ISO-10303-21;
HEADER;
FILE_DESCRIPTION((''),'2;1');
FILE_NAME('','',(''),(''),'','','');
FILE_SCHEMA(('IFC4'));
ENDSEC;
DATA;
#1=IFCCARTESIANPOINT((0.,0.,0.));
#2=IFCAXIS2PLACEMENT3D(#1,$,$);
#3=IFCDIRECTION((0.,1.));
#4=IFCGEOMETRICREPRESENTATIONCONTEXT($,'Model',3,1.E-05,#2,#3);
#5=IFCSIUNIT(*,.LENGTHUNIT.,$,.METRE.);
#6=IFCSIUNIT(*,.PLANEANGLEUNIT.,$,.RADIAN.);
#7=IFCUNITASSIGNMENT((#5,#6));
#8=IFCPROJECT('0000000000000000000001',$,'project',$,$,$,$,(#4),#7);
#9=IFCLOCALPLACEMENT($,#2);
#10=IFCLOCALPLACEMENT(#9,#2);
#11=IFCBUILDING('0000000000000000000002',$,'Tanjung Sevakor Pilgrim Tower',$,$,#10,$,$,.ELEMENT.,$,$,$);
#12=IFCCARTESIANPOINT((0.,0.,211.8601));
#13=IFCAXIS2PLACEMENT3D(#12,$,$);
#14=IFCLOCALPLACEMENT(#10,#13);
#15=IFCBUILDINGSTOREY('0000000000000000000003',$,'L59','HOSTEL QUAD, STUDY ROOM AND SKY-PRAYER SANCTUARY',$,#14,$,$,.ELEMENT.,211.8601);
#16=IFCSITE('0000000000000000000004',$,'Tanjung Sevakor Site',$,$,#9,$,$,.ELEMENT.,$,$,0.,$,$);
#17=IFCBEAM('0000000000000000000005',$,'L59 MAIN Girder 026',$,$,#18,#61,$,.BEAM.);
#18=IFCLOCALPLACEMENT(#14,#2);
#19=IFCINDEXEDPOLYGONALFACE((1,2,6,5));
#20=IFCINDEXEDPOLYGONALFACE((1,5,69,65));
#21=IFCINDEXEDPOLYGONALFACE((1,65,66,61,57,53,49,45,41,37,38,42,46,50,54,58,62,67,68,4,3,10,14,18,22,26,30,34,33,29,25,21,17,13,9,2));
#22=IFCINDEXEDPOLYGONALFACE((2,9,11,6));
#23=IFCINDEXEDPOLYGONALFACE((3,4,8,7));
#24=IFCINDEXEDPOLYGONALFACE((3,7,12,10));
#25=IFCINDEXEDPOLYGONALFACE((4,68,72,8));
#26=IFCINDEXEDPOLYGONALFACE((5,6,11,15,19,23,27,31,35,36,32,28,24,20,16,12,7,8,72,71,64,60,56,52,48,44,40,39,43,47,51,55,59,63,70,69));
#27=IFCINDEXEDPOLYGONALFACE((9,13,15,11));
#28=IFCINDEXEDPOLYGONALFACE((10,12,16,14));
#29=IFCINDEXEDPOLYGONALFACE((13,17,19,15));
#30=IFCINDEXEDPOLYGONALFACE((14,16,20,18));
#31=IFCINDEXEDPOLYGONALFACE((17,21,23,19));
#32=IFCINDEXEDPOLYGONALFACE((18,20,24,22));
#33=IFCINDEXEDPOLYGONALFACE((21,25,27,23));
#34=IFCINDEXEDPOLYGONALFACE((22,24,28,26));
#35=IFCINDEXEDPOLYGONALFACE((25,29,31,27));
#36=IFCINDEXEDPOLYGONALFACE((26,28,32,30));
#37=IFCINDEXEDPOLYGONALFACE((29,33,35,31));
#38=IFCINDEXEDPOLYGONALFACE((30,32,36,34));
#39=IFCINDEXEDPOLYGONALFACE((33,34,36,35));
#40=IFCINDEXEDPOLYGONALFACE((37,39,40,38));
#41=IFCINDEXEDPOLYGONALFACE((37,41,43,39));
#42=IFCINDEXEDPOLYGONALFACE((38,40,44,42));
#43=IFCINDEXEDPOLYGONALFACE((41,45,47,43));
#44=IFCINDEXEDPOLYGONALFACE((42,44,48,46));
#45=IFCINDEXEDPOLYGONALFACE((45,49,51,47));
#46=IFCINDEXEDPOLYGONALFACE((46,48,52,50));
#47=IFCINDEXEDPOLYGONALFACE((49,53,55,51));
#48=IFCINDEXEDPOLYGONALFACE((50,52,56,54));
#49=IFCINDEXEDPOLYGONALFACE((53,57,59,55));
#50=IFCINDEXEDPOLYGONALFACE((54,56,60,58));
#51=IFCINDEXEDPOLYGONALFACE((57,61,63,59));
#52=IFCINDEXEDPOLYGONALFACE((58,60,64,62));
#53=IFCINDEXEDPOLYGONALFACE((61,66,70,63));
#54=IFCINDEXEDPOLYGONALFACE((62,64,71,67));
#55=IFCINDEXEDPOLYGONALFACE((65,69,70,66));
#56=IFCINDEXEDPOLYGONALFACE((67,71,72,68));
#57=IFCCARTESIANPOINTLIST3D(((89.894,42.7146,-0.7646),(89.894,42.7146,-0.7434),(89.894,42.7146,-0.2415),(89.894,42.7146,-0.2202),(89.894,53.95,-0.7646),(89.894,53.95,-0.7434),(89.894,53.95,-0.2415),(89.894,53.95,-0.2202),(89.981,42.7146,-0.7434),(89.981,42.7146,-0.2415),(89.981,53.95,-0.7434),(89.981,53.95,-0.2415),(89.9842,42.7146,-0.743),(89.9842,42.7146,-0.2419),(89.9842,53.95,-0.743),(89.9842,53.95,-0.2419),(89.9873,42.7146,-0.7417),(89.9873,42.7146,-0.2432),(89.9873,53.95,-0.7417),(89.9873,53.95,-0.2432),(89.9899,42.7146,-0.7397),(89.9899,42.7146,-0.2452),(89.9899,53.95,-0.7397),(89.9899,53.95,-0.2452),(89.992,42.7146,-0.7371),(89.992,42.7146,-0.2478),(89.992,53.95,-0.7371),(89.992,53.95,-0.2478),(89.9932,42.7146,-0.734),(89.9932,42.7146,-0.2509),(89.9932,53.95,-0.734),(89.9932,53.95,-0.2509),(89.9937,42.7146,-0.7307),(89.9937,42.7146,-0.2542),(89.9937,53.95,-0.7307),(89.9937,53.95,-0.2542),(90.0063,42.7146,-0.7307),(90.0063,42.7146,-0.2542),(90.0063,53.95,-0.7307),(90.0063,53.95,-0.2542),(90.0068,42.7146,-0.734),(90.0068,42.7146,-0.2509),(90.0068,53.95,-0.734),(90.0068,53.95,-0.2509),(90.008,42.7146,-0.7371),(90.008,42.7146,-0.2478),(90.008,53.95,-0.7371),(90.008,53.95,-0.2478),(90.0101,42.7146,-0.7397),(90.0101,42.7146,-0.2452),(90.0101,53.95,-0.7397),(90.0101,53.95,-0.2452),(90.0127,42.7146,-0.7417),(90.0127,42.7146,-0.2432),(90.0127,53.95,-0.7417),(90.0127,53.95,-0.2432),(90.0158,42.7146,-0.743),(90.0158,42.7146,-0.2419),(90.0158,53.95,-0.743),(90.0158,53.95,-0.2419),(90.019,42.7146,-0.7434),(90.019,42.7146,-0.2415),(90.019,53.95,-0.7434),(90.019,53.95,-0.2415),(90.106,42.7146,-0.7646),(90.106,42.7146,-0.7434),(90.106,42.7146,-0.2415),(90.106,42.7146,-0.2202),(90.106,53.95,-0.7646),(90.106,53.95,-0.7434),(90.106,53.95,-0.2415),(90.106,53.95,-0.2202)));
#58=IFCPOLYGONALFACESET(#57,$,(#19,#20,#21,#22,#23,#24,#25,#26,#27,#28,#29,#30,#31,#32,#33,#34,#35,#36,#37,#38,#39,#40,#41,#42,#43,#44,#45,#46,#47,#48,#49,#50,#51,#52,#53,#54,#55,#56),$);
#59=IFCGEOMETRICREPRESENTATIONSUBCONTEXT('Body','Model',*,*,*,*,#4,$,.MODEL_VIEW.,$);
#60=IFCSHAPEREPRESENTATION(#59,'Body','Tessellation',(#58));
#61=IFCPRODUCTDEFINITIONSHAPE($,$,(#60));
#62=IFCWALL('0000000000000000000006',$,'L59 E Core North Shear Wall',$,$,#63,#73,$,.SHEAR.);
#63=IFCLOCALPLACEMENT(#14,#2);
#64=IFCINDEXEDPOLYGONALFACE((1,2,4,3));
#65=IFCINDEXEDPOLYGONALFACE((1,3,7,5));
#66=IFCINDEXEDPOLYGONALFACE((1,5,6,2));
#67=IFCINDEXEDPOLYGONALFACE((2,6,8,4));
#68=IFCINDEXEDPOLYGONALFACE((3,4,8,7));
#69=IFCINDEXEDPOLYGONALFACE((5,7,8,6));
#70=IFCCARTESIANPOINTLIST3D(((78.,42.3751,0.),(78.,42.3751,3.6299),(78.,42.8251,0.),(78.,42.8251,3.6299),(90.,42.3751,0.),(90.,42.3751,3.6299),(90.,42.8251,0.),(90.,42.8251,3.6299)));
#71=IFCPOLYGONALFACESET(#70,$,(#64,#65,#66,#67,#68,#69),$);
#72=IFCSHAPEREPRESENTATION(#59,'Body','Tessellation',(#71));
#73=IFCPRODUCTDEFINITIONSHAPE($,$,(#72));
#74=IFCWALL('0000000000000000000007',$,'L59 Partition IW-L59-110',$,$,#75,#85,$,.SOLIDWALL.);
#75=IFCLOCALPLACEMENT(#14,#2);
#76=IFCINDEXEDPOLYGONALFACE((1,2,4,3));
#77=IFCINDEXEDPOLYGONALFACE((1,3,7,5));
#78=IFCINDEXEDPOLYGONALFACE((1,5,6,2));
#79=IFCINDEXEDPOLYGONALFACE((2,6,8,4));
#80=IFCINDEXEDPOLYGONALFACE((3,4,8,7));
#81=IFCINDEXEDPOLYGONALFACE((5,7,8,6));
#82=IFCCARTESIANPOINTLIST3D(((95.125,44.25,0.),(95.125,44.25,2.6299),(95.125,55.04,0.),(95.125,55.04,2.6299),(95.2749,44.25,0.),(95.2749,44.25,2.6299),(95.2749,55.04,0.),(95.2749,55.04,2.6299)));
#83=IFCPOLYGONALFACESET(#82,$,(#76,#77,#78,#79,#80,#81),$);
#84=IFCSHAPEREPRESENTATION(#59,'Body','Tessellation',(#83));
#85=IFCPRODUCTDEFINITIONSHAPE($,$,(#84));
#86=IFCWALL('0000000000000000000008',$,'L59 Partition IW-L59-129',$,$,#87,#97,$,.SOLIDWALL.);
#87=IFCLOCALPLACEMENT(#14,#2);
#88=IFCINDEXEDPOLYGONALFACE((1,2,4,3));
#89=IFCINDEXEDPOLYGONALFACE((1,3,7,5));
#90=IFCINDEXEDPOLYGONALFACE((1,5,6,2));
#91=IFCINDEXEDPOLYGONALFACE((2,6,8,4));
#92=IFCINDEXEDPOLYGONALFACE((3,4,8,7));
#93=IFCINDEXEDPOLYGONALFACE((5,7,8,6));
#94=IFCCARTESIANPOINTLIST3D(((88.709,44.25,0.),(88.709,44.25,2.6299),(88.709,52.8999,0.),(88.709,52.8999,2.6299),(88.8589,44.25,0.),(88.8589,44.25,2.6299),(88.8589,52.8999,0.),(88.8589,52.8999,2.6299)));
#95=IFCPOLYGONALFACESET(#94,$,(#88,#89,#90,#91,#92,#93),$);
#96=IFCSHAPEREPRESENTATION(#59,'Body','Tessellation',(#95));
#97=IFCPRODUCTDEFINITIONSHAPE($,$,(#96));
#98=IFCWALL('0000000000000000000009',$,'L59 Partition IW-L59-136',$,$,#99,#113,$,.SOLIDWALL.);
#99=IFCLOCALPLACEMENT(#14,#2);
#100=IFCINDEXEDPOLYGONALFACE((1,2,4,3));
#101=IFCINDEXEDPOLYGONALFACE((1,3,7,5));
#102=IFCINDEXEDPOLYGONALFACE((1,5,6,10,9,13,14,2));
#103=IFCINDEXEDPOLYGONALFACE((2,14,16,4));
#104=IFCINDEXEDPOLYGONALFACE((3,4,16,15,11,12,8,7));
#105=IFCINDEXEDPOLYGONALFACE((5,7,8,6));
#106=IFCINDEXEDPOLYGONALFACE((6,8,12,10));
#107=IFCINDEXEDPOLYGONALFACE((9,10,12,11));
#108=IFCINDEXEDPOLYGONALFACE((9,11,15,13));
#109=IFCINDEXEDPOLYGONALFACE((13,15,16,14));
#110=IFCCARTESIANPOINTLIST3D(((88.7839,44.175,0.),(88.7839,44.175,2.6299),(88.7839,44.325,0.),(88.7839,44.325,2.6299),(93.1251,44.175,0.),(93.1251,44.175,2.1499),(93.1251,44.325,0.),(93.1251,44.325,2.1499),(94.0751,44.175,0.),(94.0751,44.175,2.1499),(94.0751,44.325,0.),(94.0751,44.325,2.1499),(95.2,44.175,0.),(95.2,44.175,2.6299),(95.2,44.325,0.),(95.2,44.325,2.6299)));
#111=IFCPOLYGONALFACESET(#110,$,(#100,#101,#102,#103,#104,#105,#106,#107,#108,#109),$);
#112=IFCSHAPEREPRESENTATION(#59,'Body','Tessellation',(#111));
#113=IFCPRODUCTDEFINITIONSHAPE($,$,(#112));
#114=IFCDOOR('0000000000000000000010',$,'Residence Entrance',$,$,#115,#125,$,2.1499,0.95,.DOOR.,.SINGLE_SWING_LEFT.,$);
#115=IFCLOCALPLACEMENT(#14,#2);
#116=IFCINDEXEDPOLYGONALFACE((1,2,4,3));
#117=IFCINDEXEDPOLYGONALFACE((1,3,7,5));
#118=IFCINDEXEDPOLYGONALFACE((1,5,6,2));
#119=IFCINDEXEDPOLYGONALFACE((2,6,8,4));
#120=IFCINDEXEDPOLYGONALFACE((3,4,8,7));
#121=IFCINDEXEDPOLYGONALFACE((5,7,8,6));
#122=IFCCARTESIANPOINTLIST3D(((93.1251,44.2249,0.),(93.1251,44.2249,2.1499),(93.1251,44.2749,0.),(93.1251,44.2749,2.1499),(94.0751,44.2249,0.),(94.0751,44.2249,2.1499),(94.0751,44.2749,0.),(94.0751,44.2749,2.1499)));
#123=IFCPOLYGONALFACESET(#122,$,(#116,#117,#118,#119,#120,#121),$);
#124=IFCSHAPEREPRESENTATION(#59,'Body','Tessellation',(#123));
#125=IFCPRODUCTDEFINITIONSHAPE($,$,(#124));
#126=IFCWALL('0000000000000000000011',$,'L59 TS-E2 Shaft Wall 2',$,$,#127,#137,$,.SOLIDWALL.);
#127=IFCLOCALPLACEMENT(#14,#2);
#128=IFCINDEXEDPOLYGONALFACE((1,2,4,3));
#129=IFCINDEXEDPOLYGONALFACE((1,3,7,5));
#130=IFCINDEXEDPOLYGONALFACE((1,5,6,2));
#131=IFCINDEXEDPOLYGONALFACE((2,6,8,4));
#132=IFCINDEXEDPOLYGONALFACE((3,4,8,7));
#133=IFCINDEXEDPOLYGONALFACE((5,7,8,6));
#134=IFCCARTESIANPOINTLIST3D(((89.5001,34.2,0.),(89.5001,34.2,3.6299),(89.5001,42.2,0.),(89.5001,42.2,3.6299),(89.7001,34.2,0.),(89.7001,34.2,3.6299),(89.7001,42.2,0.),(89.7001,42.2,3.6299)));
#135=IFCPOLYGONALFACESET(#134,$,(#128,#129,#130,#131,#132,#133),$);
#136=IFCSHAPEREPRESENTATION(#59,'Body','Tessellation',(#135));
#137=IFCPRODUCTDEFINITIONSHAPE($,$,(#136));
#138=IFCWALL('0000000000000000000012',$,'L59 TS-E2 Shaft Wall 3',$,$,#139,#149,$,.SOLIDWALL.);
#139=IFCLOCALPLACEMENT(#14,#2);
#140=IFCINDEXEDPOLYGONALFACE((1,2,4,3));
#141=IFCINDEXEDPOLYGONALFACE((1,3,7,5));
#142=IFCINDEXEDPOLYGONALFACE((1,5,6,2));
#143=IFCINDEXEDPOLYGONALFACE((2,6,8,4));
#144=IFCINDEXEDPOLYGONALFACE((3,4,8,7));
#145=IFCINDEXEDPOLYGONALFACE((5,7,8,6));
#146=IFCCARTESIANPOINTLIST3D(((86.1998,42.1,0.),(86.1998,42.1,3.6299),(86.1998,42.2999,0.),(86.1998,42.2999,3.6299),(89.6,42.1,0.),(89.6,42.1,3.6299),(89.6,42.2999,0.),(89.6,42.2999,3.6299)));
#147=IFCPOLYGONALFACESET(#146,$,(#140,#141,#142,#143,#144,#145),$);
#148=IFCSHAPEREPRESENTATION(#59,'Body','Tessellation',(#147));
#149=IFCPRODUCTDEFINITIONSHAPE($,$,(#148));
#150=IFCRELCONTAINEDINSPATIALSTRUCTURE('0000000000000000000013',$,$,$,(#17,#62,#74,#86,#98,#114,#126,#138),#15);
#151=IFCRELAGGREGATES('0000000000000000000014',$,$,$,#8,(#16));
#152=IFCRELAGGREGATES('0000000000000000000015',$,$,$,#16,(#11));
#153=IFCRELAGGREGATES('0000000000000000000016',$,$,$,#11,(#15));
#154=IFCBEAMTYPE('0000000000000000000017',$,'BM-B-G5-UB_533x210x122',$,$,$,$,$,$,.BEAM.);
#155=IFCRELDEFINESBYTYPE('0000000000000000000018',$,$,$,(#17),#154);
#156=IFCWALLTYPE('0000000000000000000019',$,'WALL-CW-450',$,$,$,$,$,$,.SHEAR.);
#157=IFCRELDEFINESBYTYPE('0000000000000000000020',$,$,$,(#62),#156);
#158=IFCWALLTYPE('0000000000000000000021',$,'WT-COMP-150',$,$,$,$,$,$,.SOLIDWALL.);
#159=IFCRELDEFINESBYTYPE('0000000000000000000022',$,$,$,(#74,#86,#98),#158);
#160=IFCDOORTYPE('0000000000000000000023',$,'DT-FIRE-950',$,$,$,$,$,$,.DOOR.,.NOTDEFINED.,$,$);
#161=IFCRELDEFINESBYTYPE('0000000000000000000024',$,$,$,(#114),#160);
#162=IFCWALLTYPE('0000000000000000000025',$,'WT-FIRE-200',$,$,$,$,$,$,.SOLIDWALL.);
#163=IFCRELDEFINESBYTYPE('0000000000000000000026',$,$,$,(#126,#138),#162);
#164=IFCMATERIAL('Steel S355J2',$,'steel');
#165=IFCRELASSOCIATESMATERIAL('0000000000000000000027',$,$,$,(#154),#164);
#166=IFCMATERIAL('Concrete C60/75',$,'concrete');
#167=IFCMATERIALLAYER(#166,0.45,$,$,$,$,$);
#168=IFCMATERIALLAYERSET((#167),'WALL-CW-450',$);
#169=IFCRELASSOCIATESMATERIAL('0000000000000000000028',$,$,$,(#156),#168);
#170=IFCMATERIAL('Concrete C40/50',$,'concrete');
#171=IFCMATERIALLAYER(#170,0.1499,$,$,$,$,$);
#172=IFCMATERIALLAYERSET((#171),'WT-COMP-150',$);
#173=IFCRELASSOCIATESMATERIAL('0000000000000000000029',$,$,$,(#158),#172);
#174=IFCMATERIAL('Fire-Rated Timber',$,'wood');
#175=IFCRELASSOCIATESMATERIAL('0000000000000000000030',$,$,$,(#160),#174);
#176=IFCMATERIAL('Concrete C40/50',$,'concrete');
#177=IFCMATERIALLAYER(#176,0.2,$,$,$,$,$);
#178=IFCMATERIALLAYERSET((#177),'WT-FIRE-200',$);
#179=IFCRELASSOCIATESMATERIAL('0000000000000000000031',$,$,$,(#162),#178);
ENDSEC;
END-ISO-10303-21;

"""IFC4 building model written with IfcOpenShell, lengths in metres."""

from ifc_helpers import new_model, si_unit, direction, frame, frame_2d, origin, origin_2d, place, context, subcontext, project, spatial, rectangle, i_section, extrude, material, layer, layer_set, material_profile, profile_set, type_object, element, fill, save


model = new_model("IFC4")

# Units and contexts
model_context = context("Model", 3, precision=1e-05, world=origin(), true_north=direction((0.0, 1.0)))
body_context = subcontext(model_context, "Body", "Model", "MODEL_VIEW")
ifc_project = project(units=[si_unit("LENGTHUNIT", "METRE"), si_unit("PLANEANGLEUNIT", "RADIAN")], contexts=[model_context])

# Site, building, storey
site_placement = place(None, origin())
site = spatial("IfcSite", under=ifc_project, at=site_placement, Name="Tanjung Sevakor Site", CompositionType="ELEMENT", RefElevation=0.0)
building_placement = place(site_placement, origin())
building = spatial("IfcBuilding", under=site, at=building_placement, Name="Tanjung Sevakor Pilgrim Tower", CompositionType="ELEMENT")
storey_placement = place(building_placement, frame((0.0, 0.0, 211.8601)))
storey = spatial("IfcBuildingStorey", under=building, at=storey_placement, Name="L59", Description="HOSTEL QUAD, STUDY ROOM AND SKY-PRAYER SANCTUARY", CompositionType="ELEMENT", Elevation=211.8601)

# Beam
ifc_material_1 = material(Name="Steel S355J2", Category="steel")
ifc_material_profile = material_profile(ifc_material_1, i_section(OverallWidth=0.2119, OverallDepth=0.5444, WebThickness=0.0127, FlangeThickness=0.0212, FilletRadius=0.0127, at=origin_2d()))
ifc_profile_set = profile_set([ifc_material_profile], Name="Steel S355J2")
beam_type = type_object("IfcBeamType", Name="BM-B-G5-UB_533x210x122", PredefinedType="BEAM", material=ifc_profile_set)
beam_placement = place(storey_placement, frame((90.0, 42.7146, -0.4924), z_axis=(0.0, 1.0, 0.0), x_axis=(-1.0, 0.0, 0.0)))
element("IfcBeam", 1, at=beam_placement, inside=storey, type_object=beam_type, Name="L59 MAIN Girder 026", PredefinedType="BEAM", context=body_context, shape_type="SweptSolid", body=[
    extrude(i_section(OverallWidth=0.2119, OverallDepth=0.5444, WebThickness=0.0127, FlangeThickness=0.0212, FilletRadius=0.0127, at=origin_2d()), origin(), (0.0, 0.0, 1.0), 11.2354),
])

# Walls
ifc_material_2 = material(Name="Concrete C60/75", Category="concrete")
ifc_layer_1 = layer(ifc_material_2, 0.45)
ifc_layer_set_1 = layer_set([ifc_layer_1], Name="WALL-CW-450")
wall_type_1 = type_object("IfcWallType", Name="WALL-CW-450", PredefinedType="SHEAR", material=ifc_layer_set_1)
wall_1_placement = place(storey_placement, frame((90.0, 42.6001, 0.0), z_axis=(0.0, 0.0, 1.0), x_axis=(-1.0, 0.0, 0.0)))
element("IfcWall", 2, at=wall_1_placement, inside=storey, type_object=wall_type_1, Name="L59 E Core North Shear Wall", PredefinedType="SHEAR", context=body_context, shape_type="SweptSolid", body=[
    extrude(rectangle(XDim=12.0, YDim=0.45, at=frame_2d((6.0, 0.0))), origin(), (0.0, 0.0, 1.0), 3.6299),
])
ifc_material_3 = material(Name="Concrete C40/50", Category="concrete")
ifc_layer_2 = layer(ifc_material_3, 0.1499)
ifc_layer_set_2 = layer_set([ifc_layer_2], Name="WT-COMP-150")
wall_type_2 = type_object("IfcWallType", Name="WT-COMP-150", PredefinedType="SOLIDWALL", material=ifc_layer_set_2)
wall_2_placement = place(storey_placement, frame((95.2, 44.25, 0.0), z_axis=(0.0, 0.0, 1.0), x_axis=(0.0, 1.0, 0.0)))
element("IfcWall", 3, at=wall_2_placement, inside=storey, type_object=wall_type_2, Name="L59 Partition IW-L59-110", PredefinedType="SOLIDWALL", context=body_context, shape_type="SweptSolid", body=[
    extrude(rectangle(XDim=10.79, YDim=0.1499, at=frame_2d((5.395, 0.0))), origin(), (0.0, 0.0, 1.0), 2.6299),
])
wall_3_placement = place(storey_placement, frame((88.7839, 44.25, 0.0), z_axis=(0.0, 0.0, 1.0), x_axis=(0.0, 1.0, 0.0)))
element("IfcWall", 4, at=wall_3_placement, inside=storey, type_object=wall_type_2, Name="L59 Partition IW-L59-129", PredefinedType="SOLIDWALL", context=body_context, shape_type="SweptSolid", body=[
    extrude(rectangle(XDim=8.6499, YDim=0.1499, at=frame_2d((4.325, 0.0))), origin(), (0.0, 0.0, 1.0), 2.6299),
])

# Wall, opening, door
wall_4_placement = place(storey_placement, frame((88.7839, 44.25, 0.0), z_axis=(0.0, 0.0, 1.0), x_axis=(1.0, 0.0, 0.0)))
wall_4 = element("IfcWall", 5, at=wall_4_placement, inside=storey, type_object=wall_type_2, Name="L59 Partition IW-L59-136", PredefinedType="SOLIDWALL", context=body_context, shape_type="SweptSolid", body=[
    extrude(rectangle(XDim=6.416, YDim=0.1499, at=frame_2d((3.208, 0.0))), origin(), (0.0, 0.0, 1.0), 2.6299),
])
opening_1_placement = place(wall_4_placement, frame((4.3411, 0.0, 0.0)))
opening_1 = element("IfcOpeningElement", 6, at=opening_1_placement, cuts=wall_4, PredefinedType="OPENING", context=body_context, shape_type="SweptSolid", body=[
    extrude(rectangle(XDim=0.95, YDim=2.1499, at=frame_2d((0.4751, 1.075))), frame((0.0, 0.085, 0.0), z_axis=(0.0, -1.0, 0.0), x_axis=(1.0, 0.0, 0.0)), (0.0, 0.0, 1.0), 0.1699),
])
ifc_material_4 = material(Name="Fire-Rated Timber", Category="wood")
door_type_1 = type_object("IfcDoorType", Name="DT-FIRE-950", OperationType="NOTDEFINED", PredefinedType="DOOR", material=ifc_material_4)
door_1_placement = place(opening_1_placement, origin())
door_1 = element("IfcDoor", 7, at=door_1_placement, inside=storey, type_object=door_type_1, Name="Residence Entrance", OperationType="SINGLE_SWING_LEFT", OverallHeight=2.1499, OverallWidth=0.95, PredefinedType="DOOR", context=body_context, shape_type="SweptSolid", body=[
    extrude(rectangle(XDim=0.95, YDim=2.1499, at=frame_2d((0.4751, 1.075))), frame((0.0, 0.0249, 0.0), z_axis=(0.0, -1.0, 0.0), x_axis=(1.0, 0.0, 0.0)), (0.0, 0.0, 1.0), 0.05),
])
fill(opening_1, door_1)

# Walls
ifc_material_5 = material(Name="Concrete C40/50", Category="concrete")
ifc_layer_3 = layer(ifc_material_5, 0.2)
ifc_layer_set_3 = layer_set([ifc_layer_3], Name="WT-FIRE-200")
wall_type_3 = type_object("IfcWallType", Name="WT-FIRE-200", PredefinedType="SOLIDWALL", material=ifc_layer_set_3)
wall_5_placement = place(storey_placement, frame((89.6001, 34.2, 0.0), z_axis=(0.0, 0.0, 1.0), x_axis=(0.0, 1.0, 0.0)))
element("IfcWall", 8, at=wall_5_placement, inside=storey, type_object=wall_type_3, Name="L59 TS-E2 Shaft Wall 2", PredefinedType="SOLIDWALL", context=body_context, shape_type="SweptSolid", body=[
    extrude(rectangle(XDim=8.0, YDim=0.2, at=frame_2d((4.0, 0.0))), origin(), (0.0, 0.0, 1.0), 3.6299),
])
wall_6_placement = place(storey_placement, frame((89.6001, 42.2, 0.0), z_axis=(0.0, 0.0, 1.0), x_axis=(-1.0, 0.0, 0.0)))
element("IfcWall", 9, at=wall_6_placement, inside=storey, type_object=wall_type_3, Name="L59 TS-E2 Shaft Wall 3", PredefinedType="SOLIDWALL", context=body_context, shape_type="SweptSolid", body=[
    extrude(rectangle(XDim=3.4001, YDim=0.2, at=frame_2d((1.7002, 0.0))), origin(), (0.0, 0.0, 1.0), 3.6299),
])

save(model, "model.ifc")
